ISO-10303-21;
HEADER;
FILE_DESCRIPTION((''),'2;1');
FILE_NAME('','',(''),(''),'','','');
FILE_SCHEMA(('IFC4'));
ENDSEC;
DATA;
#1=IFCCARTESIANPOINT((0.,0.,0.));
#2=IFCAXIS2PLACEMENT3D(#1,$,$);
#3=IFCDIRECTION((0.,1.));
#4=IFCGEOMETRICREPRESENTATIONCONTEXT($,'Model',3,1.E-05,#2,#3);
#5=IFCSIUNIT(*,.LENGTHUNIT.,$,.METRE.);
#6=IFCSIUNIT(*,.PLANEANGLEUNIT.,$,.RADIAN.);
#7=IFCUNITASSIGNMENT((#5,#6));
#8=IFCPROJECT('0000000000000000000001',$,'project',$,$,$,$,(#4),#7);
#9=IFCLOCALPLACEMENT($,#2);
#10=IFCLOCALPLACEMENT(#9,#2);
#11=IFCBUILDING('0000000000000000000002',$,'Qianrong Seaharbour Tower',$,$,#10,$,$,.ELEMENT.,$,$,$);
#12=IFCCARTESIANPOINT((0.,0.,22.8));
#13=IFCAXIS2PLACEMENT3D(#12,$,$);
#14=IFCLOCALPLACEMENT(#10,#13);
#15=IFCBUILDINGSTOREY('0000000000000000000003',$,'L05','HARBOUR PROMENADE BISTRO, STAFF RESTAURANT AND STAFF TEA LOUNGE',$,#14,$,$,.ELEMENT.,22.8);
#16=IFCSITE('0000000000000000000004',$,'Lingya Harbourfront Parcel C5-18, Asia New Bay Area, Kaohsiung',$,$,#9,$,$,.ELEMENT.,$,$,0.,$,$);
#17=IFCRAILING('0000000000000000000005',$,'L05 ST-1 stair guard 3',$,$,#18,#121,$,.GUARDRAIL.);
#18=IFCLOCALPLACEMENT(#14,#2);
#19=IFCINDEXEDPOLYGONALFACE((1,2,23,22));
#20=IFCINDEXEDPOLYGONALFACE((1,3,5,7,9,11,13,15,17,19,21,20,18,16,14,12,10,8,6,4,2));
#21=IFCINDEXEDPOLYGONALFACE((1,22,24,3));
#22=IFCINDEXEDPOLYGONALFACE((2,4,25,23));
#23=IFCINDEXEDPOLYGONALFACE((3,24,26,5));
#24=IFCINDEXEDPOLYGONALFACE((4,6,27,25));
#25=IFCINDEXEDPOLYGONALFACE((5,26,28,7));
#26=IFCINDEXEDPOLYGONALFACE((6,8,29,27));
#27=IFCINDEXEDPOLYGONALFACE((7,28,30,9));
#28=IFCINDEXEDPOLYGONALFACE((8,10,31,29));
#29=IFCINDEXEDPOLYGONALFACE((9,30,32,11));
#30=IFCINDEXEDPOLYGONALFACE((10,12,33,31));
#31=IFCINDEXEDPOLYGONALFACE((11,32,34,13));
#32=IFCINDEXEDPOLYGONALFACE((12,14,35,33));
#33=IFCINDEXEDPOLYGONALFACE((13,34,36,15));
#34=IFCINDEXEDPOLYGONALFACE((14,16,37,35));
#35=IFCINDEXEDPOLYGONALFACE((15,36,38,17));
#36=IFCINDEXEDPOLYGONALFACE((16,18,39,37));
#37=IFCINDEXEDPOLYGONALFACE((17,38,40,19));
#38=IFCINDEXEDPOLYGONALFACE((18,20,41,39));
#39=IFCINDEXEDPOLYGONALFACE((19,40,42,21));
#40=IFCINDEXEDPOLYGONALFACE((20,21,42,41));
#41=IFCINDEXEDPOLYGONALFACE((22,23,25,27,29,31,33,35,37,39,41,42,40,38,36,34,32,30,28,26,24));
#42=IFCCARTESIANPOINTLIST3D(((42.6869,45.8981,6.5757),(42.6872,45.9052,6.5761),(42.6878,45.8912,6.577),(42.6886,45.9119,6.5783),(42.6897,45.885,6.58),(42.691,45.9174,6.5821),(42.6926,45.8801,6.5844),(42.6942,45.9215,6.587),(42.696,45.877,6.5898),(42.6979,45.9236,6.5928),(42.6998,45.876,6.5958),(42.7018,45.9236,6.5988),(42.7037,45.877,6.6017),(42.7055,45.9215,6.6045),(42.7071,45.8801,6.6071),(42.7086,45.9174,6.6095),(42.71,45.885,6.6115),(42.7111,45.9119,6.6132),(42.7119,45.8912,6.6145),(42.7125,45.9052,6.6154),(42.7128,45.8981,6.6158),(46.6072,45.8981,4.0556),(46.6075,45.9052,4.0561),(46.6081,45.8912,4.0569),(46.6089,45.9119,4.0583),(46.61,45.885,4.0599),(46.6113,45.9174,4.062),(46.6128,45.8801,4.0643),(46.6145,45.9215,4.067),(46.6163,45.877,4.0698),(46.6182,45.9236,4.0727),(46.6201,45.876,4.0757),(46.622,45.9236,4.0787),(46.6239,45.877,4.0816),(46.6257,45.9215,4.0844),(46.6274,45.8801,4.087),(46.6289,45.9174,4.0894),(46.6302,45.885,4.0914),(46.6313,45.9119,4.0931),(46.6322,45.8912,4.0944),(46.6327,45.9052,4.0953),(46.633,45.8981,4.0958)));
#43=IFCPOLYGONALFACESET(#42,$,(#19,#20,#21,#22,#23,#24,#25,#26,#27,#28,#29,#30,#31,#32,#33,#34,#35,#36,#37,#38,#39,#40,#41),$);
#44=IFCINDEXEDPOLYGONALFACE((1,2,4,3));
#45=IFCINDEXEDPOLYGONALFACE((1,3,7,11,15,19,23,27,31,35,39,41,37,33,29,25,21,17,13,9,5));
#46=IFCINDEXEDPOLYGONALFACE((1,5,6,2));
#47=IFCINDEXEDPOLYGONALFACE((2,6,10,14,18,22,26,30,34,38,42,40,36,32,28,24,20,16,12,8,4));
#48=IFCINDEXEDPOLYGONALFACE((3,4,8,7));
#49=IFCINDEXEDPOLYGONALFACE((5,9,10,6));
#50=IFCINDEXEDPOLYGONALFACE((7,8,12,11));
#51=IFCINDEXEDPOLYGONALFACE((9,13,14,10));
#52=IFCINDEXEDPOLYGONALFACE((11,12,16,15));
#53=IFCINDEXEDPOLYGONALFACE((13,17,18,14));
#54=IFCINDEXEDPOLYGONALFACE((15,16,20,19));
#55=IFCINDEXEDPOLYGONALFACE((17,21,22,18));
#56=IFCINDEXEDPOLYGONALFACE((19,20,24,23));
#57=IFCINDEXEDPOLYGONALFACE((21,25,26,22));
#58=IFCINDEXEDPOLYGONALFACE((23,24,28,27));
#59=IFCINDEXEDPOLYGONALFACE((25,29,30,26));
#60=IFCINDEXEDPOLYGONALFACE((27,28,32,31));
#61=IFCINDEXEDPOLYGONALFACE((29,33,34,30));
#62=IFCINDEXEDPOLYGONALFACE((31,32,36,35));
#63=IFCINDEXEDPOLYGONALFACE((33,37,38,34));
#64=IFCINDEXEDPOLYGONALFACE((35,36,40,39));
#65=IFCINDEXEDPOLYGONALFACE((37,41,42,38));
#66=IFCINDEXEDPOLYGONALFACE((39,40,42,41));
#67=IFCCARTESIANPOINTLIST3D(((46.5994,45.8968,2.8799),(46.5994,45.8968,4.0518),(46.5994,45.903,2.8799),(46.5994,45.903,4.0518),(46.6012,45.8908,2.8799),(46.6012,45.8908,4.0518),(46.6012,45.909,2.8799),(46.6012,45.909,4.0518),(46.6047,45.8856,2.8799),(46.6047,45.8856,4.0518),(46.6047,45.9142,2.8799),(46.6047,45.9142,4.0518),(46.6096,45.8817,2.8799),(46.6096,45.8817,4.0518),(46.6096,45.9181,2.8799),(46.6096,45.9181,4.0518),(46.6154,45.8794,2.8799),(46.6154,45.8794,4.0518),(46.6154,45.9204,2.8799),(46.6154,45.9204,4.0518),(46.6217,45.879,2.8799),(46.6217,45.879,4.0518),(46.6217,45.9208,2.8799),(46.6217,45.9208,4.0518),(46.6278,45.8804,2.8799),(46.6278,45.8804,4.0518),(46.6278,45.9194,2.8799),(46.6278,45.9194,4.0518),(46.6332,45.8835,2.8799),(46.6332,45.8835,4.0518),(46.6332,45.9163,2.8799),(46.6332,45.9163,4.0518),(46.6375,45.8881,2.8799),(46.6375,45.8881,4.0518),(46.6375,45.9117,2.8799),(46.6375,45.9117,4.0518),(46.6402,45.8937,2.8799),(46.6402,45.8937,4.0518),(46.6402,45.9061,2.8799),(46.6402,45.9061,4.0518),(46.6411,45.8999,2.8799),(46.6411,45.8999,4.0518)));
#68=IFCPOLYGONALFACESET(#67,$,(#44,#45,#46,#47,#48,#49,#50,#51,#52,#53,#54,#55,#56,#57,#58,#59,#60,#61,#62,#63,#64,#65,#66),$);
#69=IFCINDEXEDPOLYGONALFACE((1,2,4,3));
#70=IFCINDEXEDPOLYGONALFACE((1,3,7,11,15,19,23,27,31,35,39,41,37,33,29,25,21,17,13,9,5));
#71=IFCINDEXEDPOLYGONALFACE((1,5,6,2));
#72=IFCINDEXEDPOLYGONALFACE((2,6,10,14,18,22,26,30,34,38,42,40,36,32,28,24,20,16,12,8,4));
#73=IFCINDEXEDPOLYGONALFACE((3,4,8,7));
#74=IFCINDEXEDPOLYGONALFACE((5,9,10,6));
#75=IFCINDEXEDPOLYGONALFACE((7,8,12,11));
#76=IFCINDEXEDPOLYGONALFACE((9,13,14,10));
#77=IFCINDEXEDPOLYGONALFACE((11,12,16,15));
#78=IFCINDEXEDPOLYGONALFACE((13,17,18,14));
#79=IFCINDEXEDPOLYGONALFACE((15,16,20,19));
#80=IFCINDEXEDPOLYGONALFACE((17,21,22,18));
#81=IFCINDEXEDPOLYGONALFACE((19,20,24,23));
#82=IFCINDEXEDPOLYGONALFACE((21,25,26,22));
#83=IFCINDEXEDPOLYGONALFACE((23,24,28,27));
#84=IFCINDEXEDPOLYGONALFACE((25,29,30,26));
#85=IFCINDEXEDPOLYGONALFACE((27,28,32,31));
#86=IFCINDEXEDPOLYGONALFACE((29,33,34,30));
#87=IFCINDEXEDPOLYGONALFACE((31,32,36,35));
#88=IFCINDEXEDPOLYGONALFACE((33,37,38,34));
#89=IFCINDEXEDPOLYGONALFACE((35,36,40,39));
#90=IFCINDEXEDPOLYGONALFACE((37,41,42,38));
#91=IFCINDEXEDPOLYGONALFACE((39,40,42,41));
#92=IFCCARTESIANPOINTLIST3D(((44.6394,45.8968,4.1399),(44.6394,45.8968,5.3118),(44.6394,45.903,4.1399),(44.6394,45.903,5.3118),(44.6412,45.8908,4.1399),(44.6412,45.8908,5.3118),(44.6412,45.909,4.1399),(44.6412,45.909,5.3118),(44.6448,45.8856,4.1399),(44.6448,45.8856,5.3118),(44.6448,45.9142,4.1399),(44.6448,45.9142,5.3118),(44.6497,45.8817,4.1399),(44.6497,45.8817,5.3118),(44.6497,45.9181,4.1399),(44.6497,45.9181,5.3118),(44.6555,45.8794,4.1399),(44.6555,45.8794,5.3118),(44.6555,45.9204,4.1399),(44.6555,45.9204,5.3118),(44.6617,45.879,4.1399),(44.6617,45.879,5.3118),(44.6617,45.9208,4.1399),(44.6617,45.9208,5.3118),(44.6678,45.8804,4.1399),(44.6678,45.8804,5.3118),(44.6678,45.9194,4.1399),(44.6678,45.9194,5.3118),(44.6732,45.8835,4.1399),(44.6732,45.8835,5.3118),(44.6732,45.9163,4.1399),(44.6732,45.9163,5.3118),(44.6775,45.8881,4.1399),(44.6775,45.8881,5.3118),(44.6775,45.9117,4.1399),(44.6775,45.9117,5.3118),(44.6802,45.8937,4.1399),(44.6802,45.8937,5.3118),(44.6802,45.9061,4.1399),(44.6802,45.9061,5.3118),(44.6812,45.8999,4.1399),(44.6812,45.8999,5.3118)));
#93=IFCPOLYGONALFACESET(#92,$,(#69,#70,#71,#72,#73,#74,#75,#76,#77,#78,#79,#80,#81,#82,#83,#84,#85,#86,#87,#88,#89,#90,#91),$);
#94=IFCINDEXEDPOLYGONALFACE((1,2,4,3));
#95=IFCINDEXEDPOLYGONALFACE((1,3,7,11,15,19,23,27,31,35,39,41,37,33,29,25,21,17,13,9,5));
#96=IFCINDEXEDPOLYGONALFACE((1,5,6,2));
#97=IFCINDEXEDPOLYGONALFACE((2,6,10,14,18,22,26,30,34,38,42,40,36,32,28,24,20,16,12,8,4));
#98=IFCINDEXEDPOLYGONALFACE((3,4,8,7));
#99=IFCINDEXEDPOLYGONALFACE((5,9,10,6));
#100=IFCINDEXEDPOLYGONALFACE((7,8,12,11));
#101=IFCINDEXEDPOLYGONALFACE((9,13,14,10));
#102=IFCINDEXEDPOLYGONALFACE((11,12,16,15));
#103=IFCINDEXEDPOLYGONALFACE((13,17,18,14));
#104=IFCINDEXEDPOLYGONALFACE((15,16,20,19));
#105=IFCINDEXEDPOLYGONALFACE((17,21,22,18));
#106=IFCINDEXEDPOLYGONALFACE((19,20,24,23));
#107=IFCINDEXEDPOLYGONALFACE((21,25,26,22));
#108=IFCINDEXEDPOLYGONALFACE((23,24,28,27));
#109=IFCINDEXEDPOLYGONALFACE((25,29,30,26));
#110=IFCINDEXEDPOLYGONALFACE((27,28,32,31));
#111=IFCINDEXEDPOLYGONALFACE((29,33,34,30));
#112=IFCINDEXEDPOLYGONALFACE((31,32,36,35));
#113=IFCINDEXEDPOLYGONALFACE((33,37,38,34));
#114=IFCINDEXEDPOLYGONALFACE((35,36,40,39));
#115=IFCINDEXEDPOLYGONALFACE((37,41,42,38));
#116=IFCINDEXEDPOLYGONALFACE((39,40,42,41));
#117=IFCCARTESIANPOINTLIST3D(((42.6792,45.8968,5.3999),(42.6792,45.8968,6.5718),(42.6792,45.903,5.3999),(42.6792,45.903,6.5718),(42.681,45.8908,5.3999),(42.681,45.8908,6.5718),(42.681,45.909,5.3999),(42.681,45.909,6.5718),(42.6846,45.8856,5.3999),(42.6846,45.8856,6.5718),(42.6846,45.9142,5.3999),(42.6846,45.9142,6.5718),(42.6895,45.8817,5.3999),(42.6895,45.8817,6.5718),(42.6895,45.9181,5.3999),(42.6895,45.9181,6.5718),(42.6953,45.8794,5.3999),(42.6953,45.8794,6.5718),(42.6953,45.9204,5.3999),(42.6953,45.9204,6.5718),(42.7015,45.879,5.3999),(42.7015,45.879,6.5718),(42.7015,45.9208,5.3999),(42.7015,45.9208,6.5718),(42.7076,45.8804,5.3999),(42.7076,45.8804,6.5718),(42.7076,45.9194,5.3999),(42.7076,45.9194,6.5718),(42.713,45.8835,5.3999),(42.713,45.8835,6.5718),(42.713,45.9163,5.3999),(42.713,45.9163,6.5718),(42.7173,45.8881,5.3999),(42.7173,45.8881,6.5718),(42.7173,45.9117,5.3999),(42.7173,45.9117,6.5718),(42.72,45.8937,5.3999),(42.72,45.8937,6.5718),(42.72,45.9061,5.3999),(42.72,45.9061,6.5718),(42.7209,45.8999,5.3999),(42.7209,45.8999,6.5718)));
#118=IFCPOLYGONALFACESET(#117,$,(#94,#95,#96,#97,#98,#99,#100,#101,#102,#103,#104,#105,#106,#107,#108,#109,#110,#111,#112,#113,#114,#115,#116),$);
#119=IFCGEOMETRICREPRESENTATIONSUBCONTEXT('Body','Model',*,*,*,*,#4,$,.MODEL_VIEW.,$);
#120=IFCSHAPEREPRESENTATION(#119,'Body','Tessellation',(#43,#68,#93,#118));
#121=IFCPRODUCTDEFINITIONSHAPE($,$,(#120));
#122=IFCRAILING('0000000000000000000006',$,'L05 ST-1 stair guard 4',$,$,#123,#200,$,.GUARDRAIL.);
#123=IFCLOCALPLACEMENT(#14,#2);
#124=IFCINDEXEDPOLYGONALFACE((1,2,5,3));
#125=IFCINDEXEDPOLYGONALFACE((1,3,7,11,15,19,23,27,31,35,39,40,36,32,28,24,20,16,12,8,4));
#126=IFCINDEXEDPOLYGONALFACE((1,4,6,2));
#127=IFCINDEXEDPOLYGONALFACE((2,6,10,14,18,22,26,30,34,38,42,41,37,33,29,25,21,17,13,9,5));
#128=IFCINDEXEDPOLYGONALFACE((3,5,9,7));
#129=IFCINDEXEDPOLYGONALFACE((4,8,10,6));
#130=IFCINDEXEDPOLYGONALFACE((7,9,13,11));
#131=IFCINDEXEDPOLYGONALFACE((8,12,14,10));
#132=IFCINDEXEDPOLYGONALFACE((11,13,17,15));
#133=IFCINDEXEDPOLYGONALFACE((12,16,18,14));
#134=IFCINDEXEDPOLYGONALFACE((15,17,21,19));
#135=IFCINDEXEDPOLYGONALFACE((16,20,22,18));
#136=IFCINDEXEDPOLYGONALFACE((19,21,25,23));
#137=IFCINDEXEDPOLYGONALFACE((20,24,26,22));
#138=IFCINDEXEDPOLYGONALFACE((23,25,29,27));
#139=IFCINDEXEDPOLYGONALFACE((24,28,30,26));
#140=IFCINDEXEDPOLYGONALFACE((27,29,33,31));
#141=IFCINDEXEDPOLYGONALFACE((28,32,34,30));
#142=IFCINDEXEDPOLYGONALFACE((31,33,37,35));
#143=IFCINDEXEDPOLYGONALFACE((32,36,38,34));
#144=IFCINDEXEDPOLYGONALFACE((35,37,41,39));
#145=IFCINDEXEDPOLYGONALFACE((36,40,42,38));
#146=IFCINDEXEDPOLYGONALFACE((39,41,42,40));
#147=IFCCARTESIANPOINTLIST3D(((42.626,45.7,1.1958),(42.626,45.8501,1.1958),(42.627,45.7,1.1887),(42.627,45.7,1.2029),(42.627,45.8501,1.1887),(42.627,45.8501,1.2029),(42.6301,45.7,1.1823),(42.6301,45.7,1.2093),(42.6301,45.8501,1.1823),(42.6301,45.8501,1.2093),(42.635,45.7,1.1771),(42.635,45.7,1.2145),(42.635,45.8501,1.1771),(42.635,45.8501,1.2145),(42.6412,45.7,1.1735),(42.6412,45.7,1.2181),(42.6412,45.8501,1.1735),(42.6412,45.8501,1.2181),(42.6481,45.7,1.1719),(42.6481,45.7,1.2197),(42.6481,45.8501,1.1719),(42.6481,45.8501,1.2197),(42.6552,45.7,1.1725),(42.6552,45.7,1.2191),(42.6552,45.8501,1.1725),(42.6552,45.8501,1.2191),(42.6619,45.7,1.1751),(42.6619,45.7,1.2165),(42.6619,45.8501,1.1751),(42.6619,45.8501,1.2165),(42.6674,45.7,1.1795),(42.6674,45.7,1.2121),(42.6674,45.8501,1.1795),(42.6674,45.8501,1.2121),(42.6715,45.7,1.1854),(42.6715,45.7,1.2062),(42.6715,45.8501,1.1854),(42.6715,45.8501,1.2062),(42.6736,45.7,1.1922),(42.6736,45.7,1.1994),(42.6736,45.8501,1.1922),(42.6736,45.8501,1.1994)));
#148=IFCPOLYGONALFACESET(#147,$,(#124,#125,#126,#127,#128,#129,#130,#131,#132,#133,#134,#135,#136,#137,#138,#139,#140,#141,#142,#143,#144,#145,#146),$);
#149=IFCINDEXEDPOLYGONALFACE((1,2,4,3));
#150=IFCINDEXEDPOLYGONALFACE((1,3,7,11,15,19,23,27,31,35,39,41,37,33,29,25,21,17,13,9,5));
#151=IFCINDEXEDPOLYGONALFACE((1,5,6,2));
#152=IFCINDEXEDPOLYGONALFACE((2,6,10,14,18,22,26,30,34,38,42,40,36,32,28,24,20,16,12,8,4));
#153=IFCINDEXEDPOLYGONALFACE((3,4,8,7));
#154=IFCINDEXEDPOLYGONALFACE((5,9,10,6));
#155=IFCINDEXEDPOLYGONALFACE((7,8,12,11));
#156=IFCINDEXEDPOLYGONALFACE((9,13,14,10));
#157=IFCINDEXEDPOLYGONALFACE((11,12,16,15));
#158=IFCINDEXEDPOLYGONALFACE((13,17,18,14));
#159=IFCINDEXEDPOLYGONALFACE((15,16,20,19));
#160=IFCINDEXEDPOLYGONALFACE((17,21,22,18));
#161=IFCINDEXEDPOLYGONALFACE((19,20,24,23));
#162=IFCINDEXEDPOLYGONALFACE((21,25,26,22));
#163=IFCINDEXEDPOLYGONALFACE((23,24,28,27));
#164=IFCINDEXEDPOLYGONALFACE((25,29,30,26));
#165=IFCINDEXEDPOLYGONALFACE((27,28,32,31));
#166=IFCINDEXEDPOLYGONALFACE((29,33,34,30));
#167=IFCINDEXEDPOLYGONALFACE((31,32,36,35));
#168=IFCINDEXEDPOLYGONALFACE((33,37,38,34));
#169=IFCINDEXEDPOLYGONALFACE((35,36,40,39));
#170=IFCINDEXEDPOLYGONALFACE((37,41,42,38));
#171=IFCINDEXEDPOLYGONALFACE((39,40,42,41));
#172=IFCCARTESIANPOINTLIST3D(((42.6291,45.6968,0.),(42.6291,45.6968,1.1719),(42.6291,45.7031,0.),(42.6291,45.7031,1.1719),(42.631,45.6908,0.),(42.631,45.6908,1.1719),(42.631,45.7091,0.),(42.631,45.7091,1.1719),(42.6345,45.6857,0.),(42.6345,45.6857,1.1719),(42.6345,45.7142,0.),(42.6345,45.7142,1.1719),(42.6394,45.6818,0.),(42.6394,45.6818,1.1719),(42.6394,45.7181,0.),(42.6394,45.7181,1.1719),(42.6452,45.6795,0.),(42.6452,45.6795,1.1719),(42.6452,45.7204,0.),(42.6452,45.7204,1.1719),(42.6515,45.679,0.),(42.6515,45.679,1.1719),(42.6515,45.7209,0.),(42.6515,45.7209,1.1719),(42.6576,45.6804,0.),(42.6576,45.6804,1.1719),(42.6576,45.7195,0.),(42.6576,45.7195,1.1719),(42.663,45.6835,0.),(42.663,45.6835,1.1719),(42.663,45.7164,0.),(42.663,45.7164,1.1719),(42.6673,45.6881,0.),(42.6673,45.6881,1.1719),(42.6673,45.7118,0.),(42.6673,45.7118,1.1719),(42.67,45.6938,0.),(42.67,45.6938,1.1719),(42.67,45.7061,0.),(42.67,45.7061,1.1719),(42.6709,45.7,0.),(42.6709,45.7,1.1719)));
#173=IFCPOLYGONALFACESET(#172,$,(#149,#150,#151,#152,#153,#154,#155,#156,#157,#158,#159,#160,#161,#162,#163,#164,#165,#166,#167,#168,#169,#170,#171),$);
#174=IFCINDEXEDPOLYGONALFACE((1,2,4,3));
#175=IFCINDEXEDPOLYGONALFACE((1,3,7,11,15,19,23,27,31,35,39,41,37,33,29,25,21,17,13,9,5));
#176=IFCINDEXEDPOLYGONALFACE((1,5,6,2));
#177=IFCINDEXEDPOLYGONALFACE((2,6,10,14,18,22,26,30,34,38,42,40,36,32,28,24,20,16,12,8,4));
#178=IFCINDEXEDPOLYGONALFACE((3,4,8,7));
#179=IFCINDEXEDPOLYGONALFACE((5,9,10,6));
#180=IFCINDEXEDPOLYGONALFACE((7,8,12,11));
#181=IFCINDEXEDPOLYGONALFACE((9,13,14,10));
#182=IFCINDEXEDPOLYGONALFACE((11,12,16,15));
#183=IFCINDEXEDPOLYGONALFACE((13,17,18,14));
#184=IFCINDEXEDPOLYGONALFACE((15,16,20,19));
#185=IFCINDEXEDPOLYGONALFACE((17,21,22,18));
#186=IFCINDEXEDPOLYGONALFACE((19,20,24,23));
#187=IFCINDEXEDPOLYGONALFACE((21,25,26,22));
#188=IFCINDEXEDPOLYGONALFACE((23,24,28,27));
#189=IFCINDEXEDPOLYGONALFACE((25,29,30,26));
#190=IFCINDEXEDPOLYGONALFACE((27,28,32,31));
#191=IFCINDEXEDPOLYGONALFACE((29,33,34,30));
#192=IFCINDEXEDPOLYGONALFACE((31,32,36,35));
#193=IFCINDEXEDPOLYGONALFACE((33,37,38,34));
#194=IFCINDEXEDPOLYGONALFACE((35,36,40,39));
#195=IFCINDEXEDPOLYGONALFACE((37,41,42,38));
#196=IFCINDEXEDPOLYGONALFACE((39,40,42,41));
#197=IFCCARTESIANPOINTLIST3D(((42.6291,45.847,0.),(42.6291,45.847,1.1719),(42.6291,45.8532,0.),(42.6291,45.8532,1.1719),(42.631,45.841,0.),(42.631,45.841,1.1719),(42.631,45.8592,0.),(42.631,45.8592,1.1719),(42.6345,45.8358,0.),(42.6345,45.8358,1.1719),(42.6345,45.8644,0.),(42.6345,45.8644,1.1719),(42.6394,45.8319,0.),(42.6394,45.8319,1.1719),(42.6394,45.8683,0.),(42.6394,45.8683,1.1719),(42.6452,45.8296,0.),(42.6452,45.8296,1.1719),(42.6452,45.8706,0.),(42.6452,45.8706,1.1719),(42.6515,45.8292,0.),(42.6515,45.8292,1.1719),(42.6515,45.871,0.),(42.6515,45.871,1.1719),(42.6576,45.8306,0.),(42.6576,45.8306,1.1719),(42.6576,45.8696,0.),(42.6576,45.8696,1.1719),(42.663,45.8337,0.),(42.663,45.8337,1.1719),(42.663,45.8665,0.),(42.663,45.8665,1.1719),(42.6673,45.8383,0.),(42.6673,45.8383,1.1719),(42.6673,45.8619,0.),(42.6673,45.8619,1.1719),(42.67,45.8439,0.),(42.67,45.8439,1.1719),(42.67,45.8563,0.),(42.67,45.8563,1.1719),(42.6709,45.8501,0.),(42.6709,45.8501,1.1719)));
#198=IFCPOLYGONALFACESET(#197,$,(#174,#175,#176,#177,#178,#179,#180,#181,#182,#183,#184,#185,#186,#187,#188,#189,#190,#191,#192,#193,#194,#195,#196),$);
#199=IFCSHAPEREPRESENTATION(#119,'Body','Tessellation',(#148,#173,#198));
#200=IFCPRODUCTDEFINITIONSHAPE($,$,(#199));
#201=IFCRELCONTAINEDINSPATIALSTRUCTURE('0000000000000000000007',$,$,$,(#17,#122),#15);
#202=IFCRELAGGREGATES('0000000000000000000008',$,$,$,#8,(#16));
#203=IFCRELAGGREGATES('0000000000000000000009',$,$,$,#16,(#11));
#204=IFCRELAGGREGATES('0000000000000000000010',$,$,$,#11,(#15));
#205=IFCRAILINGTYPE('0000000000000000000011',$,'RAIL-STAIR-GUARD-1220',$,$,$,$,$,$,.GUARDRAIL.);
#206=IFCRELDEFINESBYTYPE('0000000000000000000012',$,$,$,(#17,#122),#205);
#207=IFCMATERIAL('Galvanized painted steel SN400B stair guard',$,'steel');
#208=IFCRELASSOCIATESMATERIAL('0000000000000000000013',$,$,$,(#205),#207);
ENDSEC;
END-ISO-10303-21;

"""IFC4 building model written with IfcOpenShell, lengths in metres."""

from ifc_helpers import new_model, si_unit, direction, frame, origin, origin_2d, place, context, subcontext, project, spatial, circle, extrude, material, type_object, element, save


model = new_model("IFC4")

# Units and contexts
model_context = context("Model", 3, precision=1e-05, world=origin(), true_north=direction((0.0, 1.0)))
body_context = subcontext(model_context, "Body", "Model", "MODEL_VIEW")
ifc_project = project(units=[si_unit("LENGTHUNIT", "METRE"), si_unit("PLANEANGLEUNIT", "RADIAN")], contexts=[model_context])

# Site, building, storey
site_placement = place(None, origin())
site = spatial("IfcSite", under=ifc_project, at=site_placement, Name="Lingya Harbourfront Parcel C5-18, Asia New Bay Area, Kaohsiung", CompositionType="ELEMENT", RefElevation=0.0)
building_placement = place(site_placement, origin())
building = spatial("IfcBuilding", under=site, at=building_placement, Name="Qianrong Seaharbour Tower", CompositionType="ELEMENT")
storey_placement = place(building_placement, frame((0.0, 0.0, 22.8)))
storey = spatial("IfcBuildingStorey", under=building, at=storey_placement, Name="L05", Description="HARBOUR PROMENADE BISTRO, STAFF RESTAURANT AND STAFF TEA LOUNGE", CompositionType="ELEMENT", Elevation=22.8)

# Railings
ifc_material_1 = material(Name="Galvanized painted steel SN400B stair guard", Category="steel")
railing_type_1 = type_object("IfcRailingType", Name="RAIL-STAIR-GUARD-1220", PredefinedType="GUARDRAIL", material=ifc_material_1)
railing_1_placement = place(storey_placement, frame((46.6201, 45.8999, 2.8799)))
element("IfcRailing", 1, at=railing_1_placement, inside=storey, type_object=railing_type_1, Name="L05 ST-1 stair guard 3", PredefinedType="GUARDRAIL", context=body_context, shape_type="SweptSolid", body=[
    extrude(circle(Radius=0.0239, at=origin_2d()), frame((0.0, 0.0, 1.1958), z_axis=(-0.841187, 0.0, 0.540744), x_axis=(0.0, -1.0, 0.0)), (0.0, 0.0, 1.0), 4.6604),
    extrude(circle(Radius=0.021, at=origin_2d()), origin(), (0.0, 0.0, 1.0), 1.1719),
    extrude(circle(Radius=0.021, at=origin_2d()), frame((-1.96, 0.0, 1.26)), (0.0, 0.0, 1.0), 1.1719),
    extrude(circle(Radius=0.021, at=origin_2d()), frame((-3.9202, 0.0, 2.52)), (0.0, 0.0, 1.0), 1.1719),
])
railing_2_placement = place(storey_placement, frame((42.6499, 45.7, 0.0)))
element("IfcRailing", 2, at=railing_2_placement, inside=storey, type_object=railing_type_1, Name="L05 ST-1 stair guard 4", PredefinedType="GUARDRAIL", context=body_context, shape_type="SweptSolid", body=[
    extrude(circle(Radius=0.0239, at=origin_2d()), frame((0.0, 0.0, 1.1958), z_axis=(0.0, 1.0, 0.0), x_axis=(-1.0, 0.0, 0.0)), (0.0, 0.0, 1.0), 0.1501),
    extrude(circle(Radius=0.021, at=origin_2d()), origin(), (0.0, 0.0, 1.0), 1.1719),
    extrude(circle(Radius=0.021, at=origin_2d()), frame((0.0, 0.1501, 0.0)), (0.0, 0.0, 1.0), 1.1719),
])

save(model, "model.ifc")
